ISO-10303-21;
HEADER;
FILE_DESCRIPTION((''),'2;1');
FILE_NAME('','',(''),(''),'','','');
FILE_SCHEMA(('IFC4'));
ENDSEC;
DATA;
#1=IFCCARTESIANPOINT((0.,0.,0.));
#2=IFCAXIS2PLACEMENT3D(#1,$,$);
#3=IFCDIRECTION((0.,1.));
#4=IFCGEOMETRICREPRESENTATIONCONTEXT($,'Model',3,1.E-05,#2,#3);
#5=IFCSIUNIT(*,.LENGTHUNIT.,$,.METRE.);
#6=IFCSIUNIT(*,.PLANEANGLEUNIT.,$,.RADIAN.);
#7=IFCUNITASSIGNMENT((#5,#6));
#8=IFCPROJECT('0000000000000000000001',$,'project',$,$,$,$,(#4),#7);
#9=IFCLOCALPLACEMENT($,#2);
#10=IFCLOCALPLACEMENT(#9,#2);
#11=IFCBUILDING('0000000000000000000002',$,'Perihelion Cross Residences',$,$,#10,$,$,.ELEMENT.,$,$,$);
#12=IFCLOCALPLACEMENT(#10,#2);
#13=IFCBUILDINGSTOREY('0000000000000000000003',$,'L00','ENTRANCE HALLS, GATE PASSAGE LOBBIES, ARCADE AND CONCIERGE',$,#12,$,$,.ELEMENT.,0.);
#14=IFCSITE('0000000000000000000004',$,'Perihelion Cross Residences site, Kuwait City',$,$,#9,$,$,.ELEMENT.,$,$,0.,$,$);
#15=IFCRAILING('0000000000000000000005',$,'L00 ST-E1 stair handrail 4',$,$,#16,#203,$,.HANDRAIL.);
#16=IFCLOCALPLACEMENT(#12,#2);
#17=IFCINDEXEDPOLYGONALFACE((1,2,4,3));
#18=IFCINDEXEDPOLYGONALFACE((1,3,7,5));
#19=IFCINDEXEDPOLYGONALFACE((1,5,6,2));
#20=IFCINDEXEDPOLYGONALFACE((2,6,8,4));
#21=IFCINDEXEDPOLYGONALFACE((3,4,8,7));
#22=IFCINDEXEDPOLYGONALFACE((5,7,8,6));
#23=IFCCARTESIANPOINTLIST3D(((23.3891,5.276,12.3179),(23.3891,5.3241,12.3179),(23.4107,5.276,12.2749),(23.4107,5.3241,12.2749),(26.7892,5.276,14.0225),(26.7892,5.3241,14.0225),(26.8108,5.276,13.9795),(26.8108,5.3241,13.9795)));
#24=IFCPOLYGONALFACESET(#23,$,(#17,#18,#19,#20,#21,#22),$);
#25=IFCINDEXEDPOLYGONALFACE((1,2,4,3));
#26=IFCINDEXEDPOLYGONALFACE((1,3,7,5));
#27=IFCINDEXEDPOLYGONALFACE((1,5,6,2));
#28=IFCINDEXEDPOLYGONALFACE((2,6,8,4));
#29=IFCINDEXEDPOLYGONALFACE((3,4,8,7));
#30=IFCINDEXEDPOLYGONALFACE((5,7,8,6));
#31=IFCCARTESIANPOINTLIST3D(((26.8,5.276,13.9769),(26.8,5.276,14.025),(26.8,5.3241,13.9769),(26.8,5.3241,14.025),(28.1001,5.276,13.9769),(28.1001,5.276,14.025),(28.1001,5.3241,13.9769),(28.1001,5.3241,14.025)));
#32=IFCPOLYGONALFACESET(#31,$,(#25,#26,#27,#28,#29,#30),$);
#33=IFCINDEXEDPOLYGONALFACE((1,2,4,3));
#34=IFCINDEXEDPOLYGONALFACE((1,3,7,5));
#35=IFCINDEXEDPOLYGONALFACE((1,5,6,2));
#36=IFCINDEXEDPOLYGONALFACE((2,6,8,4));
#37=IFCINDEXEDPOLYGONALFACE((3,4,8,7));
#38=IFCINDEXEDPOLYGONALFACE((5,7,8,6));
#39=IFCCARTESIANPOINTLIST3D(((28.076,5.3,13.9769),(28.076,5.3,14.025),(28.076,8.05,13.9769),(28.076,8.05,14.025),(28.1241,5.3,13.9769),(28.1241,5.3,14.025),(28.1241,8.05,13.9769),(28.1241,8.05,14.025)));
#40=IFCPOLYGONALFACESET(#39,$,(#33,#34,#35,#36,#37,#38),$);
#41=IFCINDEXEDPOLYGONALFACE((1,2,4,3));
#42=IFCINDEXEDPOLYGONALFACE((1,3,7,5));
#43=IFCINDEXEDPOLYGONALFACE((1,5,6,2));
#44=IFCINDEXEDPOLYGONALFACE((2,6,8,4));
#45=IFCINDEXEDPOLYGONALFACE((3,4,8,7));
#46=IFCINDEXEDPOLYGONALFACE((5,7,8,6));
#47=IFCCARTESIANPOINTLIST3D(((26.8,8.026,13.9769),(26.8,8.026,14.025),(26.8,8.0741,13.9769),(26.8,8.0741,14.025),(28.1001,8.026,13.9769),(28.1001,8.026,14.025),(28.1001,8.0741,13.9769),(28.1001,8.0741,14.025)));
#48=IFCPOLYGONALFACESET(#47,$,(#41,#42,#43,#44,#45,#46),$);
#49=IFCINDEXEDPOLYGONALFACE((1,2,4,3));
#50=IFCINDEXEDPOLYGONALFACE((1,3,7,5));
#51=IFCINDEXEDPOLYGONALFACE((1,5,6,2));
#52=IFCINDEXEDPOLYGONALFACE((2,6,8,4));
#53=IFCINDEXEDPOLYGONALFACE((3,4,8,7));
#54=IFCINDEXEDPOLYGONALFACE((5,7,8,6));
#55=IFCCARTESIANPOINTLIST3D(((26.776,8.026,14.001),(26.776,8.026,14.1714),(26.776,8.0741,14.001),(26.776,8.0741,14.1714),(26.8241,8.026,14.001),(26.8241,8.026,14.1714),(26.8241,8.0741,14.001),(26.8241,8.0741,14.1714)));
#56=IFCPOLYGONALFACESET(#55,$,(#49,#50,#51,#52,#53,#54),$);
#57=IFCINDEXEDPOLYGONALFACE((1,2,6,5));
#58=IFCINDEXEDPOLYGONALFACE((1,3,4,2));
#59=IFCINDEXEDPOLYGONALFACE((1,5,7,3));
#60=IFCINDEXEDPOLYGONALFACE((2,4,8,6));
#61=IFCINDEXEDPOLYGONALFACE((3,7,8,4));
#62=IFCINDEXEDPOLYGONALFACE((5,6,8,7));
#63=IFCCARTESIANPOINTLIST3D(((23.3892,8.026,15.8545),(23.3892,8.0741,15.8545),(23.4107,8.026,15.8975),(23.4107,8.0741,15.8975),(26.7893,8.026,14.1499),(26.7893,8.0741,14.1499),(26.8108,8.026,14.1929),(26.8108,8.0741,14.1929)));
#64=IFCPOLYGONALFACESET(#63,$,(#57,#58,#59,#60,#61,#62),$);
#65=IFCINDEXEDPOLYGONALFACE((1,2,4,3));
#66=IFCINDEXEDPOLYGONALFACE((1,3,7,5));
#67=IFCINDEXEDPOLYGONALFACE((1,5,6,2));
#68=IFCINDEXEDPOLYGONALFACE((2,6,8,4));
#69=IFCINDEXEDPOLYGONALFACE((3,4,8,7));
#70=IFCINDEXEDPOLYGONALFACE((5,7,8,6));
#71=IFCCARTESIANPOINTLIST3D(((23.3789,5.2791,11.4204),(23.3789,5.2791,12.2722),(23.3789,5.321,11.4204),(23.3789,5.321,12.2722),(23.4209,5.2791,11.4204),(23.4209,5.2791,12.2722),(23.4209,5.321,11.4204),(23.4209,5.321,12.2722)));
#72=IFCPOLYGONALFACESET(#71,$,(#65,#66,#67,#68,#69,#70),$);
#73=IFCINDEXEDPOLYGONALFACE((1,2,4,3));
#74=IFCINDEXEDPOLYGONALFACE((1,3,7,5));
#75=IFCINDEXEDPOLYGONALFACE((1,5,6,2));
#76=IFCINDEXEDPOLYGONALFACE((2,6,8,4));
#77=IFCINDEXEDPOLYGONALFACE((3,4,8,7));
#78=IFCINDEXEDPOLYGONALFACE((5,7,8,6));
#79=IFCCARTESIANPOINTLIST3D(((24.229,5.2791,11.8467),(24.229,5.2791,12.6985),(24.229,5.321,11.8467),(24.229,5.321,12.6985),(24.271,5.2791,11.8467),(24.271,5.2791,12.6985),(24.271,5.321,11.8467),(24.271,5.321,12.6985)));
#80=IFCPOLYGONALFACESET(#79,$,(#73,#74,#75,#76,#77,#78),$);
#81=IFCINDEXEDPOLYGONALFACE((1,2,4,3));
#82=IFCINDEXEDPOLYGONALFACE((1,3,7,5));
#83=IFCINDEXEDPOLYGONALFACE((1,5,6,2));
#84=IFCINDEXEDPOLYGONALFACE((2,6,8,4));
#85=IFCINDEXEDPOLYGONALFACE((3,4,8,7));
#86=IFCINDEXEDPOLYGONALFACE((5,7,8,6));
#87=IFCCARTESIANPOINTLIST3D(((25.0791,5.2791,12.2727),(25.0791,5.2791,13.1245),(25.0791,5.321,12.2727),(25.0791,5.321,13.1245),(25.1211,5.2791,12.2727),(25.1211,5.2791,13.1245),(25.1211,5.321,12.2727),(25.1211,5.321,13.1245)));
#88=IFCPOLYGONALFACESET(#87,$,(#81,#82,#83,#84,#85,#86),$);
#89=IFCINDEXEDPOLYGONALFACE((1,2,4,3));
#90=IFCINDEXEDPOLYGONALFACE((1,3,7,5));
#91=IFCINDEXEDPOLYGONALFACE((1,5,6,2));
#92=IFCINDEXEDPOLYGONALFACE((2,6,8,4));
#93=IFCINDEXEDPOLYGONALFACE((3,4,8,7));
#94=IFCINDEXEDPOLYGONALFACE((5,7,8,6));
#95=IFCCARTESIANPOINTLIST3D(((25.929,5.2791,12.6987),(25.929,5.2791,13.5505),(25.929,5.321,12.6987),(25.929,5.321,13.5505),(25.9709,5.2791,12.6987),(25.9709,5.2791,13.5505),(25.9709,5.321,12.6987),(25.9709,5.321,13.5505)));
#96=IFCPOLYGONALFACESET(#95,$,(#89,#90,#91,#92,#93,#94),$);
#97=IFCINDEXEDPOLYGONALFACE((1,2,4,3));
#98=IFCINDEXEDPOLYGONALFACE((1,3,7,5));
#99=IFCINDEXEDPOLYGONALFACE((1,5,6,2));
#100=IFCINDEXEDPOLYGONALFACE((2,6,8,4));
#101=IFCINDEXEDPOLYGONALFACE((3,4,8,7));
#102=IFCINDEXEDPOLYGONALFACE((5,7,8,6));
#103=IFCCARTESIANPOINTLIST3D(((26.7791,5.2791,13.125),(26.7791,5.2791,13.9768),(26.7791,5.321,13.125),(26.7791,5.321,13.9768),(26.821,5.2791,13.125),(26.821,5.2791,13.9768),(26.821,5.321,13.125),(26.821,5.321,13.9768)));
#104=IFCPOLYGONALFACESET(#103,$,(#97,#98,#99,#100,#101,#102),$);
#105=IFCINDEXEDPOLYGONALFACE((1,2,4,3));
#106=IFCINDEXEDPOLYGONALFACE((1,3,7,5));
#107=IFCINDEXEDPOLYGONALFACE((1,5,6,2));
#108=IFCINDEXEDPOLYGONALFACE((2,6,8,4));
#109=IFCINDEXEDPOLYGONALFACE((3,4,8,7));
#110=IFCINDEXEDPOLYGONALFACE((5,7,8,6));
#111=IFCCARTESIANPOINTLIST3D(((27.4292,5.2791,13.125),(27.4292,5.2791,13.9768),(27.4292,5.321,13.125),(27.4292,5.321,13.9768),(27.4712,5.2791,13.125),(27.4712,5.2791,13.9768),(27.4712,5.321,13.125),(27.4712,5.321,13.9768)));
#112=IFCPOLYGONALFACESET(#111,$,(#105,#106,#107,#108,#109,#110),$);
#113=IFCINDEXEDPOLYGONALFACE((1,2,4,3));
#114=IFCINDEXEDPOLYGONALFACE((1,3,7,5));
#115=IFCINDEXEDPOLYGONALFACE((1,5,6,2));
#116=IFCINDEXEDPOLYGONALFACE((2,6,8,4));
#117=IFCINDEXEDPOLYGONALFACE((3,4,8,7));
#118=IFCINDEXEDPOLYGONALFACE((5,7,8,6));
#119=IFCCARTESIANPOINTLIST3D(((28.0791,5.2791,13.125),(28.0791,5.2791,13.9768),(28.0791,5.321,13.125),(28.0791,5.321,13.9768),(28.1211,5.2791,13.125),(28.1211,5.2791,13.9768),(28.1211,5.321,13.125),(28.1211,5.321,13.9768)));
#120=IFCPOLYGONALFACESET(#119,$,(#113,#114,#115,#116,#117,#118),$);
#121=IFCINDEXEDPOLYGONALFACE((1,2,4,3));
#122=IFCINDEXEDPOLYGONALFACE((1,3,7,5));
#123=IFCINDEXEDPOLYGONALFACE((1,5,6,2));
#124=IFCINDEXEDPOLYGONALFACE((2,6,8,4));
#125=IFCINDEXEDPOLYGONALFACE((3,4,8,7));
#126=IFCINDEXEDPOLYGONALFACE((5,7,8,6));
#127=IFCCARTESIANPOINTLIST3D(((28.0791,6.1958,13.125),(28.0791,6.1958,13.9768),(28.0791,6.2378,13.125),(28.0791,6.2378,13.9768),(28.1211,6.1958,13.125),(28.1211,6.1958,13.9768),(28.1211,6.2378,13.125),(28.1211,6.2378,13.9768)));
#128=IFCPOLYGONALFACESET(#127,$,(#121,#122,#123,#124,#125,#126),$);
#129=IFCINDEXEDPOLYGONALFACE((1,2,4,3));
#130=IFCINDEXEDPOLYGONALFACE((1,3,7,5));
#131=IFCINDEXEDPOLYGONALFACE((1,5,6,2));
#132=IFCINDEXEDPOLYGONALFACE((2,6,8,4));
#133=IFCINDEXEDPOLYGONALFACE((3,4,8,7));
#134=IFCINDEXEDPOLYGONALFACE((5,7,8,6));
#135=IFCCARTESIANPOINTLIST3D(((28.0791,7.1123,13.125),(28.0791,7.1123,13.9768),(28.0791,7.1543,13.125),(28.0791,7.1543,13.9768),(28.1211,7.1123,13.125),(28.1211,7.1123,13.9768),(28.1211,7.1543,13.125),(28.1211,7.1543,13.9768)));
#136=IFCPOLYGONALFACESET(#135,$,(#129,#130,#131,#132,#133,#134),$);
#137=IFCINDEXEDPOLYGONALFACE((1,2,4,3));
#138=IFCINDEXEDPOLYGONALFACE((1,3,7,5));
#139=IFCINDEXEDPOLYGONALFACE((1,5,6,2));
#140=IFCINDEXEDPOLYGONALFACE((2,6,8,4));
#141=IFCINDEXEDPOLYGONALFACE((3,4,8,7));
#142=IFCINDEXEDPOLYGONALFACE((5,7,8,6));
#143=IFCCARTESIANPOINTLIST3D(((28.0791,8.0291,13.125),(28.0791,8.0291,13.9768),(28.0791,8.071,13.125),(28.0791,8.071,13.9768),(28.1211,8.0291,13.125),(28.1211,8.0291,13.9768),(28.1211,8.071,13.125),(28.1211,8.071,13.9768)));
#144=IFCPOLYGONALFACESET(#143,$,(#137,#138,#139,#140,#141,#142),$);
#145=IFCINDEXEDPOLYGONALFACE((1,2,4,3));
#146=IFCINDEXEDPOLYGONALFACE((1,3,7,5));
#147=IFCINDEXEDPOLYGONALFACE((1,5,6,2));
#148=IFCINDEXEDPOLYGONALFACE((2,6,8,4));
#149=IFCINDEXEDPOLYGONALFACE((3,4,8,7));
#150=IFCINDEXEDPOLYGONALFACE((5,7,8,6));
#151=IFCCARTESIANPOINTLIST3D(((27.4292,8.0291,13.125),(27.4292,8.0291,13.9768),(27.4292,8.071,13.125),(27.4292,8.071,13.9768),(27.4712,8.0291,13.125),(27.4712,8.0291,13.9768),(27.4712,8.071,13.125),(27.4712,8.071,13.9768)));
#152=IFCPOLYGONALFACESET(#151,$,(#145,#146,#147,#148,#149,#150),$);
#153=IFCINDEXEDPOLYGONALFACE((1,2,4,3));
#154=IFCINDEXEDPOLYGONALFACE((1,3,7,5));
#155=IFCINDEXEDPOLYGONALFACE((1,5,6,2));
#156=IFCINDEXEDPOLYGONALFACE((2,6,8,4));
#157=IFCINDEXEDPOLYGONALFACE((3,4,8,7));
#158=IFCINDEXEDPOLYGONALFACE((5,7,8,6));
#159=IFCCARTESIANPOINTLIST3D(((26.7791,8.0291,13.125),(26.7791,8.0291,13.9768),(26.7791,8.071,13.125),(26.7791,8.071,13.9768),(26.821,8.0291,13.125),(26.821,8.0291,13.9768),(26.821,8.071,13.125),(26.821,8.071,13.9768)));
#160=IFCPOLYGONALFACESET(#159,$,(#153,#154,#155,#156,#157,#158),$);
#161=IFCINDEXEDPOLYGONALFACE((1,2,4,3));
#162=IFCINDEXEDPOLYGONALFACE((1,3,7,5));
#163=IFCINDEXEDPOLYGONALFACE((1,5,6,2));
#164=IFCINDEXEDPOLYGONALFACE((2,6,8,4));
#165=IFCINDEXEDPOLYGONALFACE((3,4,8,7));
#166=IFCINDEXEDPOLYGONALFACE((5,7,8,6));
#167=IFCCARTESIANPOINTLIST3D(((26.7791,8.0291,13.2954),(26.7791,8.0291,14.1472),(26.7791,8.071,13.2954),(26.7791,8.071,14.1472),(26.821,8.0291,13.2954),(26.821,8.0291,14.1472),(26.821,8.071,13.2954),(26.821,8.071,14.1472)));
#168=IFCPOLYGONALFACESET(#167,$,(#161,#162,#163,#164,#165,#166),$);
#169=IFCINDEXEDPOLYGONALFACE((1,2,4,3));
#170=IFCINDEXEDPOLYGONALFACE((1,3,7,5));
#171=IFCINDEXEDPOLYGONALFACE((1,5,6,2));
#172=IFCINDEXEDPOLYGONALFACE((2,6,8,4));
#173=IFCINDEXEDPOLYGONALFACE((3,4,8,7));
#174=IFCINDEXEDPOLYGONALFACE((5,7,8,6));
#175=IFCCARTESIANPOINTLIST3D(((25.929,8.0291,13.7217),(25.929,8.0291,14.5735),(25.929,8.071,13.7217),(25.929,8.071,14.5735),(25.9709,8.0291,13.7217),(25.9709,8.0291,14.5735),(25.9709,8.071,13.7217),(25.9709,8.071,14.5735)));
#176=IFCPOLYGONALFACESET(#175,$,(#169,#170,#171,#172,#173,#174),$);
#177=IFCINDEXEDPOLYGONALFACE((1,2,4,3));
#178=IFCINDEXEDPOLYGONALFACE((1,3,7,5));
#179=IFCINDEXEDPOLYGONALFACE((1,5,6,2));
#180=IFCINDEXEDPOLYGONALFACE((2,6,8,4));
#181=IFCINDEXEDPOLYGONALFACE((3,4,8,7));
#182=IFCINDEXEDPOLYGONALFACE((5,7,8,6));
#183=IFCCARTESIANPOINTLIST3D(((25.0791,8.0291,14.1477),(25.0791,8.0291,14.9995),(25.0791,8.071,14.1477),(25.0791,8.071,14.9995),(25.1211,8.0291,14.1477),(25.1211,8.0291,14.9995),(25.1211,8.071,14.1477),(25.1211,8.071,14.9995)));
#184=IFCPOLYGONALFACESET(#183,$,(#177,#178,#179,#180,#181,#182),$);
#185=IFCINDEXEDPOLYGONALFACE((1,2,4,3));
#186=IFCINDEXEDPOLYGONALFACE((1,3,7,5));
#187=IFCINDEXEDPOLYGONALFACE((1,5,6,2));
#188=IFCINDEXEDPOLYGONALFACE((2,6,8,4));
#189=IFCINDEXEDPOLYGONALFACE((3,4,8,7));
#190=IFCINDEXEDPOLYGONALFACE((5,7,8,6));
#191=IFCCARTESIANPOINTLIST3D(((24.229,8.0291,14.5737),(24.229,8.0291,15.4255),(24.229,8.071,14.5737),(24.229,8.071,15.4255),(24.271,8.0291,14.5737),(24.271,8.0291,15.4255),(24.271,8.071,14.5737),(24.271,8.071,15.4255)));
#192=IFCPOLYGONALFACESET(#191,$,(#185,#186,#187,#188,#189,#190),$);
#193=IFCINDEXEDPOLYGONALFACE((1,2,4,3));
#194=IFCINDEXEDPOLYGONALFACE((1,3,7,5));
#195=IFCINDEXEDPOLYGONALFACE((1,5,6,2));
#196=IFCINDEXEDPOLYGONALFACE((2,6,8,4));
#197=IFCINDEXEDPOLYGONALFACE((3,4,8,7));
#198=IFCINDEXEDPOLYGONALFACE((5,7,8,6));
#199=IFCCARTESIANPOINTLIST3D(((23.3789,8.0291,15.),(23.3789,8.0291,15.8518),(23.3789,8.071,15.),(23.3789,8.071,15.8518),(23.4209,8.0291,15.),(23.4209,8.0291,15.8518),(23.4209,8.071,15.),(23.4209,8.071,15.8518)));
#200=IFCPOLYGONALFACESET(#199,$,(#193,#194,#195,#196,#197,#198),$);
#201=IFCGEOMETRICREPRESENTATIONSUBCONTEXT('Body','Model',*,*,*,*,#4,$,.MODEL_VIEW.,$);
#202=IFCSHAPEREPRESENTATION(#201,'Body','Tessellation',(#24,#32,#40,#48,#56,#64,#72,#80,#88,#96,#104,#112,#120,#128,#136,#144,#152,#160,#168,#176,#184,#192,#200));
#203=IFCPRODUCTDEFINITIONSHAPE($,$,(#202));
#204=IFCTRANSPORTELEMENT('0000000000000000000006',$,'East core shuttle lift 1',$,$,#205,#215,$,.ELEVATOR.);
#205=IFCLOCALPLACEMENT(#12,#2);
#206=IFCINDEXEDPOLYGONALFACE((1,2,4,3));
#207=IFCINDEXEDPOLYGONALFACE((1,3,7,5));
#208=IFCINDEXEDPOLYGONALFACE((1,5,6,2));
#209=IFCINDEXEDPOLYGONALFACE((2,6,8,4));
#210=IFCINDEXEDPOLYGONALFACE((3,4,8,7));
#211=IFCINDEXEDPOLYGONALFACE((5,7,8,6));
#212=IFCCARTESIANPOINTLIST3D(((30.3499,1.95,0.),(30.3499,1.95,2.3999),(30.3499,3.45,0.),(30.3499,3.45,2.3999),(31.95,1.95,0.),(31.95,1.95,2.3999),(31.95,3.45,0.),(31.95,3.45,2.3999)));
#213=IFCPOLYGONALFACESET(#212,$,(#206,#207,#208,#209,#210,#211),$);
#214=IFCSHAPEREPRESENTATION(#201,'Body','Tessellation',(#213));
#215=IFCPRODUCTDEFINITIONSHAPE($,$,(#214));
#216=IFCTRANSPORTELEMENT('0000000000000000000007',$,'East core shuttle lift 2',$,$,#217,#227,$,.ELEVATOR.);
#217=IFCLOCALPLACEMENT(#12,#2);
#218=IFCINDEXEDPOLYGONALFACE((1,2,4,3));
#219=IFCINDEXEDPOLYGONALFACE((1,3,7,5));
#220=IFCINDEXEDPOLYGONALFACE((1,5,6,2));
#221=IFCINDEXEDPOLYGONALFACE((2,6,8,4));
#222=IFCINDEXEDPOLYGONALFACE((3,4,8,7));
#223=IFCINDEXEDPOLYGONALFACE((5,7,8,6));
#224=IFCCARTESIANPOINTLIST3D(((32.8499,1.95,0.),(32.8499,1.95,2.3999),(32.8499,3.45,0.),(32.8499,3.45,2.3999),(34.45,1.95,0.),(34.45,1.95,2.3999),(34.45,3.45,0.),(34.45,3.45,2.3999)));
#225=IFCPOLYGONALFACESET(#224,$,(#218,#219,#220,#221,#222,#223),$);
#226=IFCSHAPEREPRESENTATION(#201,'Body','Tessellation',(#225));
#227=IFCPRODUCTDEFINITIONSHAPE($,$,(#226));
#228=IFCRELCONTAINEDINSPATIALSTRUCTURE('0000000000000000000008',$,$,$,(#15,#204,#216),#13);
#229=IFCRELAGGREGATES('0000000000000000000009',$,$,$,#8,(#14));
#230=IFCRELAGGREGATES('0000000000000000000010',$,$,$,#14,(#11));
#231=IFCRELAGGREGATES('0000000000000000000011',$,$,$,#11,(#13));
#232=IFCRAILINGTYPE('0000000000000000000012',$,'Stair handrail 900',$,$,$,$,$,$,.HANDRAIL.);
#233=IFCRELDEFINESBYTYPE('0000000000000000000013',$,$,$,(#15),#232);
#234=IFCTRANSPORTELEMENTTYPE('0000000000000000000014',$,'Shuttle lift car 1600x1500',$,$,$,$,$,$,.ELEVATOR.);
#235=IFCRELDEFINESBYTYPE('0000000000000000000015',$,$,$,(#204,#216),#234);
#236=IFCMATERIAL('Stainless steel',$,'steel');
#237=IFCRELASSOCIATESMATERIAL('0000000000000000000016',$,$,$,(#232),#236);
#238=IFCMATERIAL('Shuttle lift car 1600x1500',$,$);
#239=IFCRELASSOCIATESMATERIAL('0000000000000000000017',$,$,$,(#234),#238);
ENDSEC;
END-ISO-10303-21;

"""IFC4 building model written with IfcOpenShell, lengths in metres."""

from ifc_helpers import new_model, si_unit, direction, frame, origin, origin_2d, place, context, subcontext, project, spatial, rectangle, extrude, material, type_object, element, save


model = new_model("IFC4")

# Units and contexts
model_context = context("Model", 3, precision=1e-05, world=origin(), true_north=direction((0.0, 1.0)))
body_context = subcontext(model_context, "Body", "Model", "MODEL_VIEW")
ifc_project = project(units=[si_unit("LENGTHUNIT", "METRE"), si_unit("PLANEANGLEUNIT", "RADIAN")], contexts=[model_context])

# Site, building, storey
site_placement = place(None, origin())
site = spatial("IfcSite", under=ifc_project, at=site_placement, Name="Perihelion Cross Residences site, Kuwait City", CompositionType="ELEMENT", RefElevation=0.0)
building_placement = place(site_placement, origin())
building = spatial("IfcBuilding", under=site, at=building_placement, Name="Perihelion Cross Residences", CompositionType="ELEMENT")
storey_placement = place(building_placement, origin())
storey = spatial("IfcBuildingStorey", under=building, at=storey_placement, Name="L00", Description="ENTRANCE HALLS, GATE PASSAGE LOBBIES, ARCADE AND CONCIERGE", CompositionType="ELEMENT", Elevation=0.0)

# Railing
ifc_material_1 = material(Name="Stainless steel", Category="steel")
railing_type = type_object("IfcRailingType", Name="Stair handrail 900", PredefinedType="HANDRAIL", material=ifc_material_1)
railing_1_placement = place(storey_placement, frame((23.3999, 5.3, 11.4204)))
element("IfcRailing", 1, at=railing_1_placement, inside=storey, type_object=railing_type, Name="L00 ST-E1 stair handrail 4", PredefinedType="HANDRAIL", context=body_context, shape_type="SweptSolid", body=[
    extrude(rectangle(XDim=0.0481, YDim=0.0481, at=origin_2d()), frame((0.0, 0.0, 0.876), z_axis=(0.893952, 0.0, 0.448163), x_axis=(0.0, 1.0, 0.0)), (0.0, 0.0, 1.0), 3.8035),
    extrude(rectangle(XDim=0.0481, YDim=0.0481, at=origin_2d()), frame((3.4001, 0.0, 2.5806), z_axis=(1.0, 0.0, 0.0), x_axis=(0.0, 1.0, 0.0)), (0.0, 0.0, 1.0), 1.3),
    extrude(rectangle(XDim=0.0481, YDim=0.0481, at=origin_2d()), frame((4.7002, 0.0, 2.5806), z_axis=(0.0, 1.0, 0.0), x_axis=(-1.0, 0.0, 0.0)), (0.0, 0.0, 1.0), 2.75),
    extrude(rectangle(XDim=0.0481, YDim=0.0481, at=origin_2d()), frame((4.7002, 2.75, 2.5806), z_axis=(-1.0, 0.0, 0.0), x_axis=(0.0, -1.0, 0.0)), (0.0, 0.0, 1.0), 1.3),
    extrude(rectangle(XDim=0.0481, YDim=0.0481, at=origin_2d()), frame((3.4001, 2.75, 2.5806), z_axis=(0.0, 0.0, 1.0), x_axis=(1.0, 0.0, 0.0)), (0.0, 0.0, 1.0), 0.1704),
    extrude(rectangle(XDim=0.0481, YDim=0.0481, at=origin_2d()), frame((3.4001, 2.75, 2.751), z_axis=(-0.893952, 0.0, 0.448163), x_axis=(0.0, -1.0, 0.0)), (0.0, 0.0, 1.0), 3.8035),
    extrude(rectangle(XDim=0.042, YDim=0.042, at=origin_2d()), origin(), (0.0, 0.0, 1.0), 0.8518),
    extrude(rectangle(XDim=0.042, YDim=0.042, at=origin_2d()), frame((0.8501, 0.0, 0.4263)), (0.0, 0.0, 1.0), 0.8518),
    extrude(rectangle(XDim=0.042, YDim=0.042, at=origin_2d()), frame((1.7002, 0.0, 0.8523)), (0.0, 0.0, 1.0), 0.8518),
    extrude(rectangle(XDim=0.042, YDim=0.042, at=origin_2d()), frame((2.55, 0.0, 1.2783)), (0.0, 0.0, 1.0), 0.8518),
    extrude(rectangle(XDim=0.042, YDim=0.042, at=origin_2d()), frame((3.4001, 0.0, 1.7046)), (0.0, 0.0, 1.0), 0.8518),
    extrude(rectangle(XDim=0.042, YDim=0.042, at=origin_2d()), frame((4.0503, 0.0, 1.7046)), (0.0, 0.0, 1.0), 0.8518),
    extrude(rectangle(XDim=0.042, YDim=0.042, at=origin_2d()), frame((4.7002, 0.0, 1.7046)), (0.0, 0.0, 1.0), 0.8518),
    extrude(rectangle(XDim=0.042, YDim=0.042, at=origin_2d()), frame((4.7002, 0.9167, 1.7046)), (0.0, 0.0, 1.0), 0.8518),
    extrude(rectangle(XDim=0.042, YDim=0.042, at=origin_2d()), frame((4.7002, 1.8333, 1.7046)), (0.0, 0.0, 1.0), 0.8518),
    extrude(rectangle(XDim=0.042, YDim=0.042, at=origin_2d()), frame((4.7002, 2.75, 1.7046)), (0.0, 0.0, 1.0), 0.8518),
    extrude(rectangle(XDim=0.042, YDim=0.042, at=origin_2d()), frame((4.0503, 2.75, 1.7046)), (0.0, 0.0, 1.0), 0.8518),
    extrude(rectangle(XDim=0.042, YDim=0.042, at=origin_2d()), frame((3.4001, 2.75, 1.7046)), (0.0, 0.0, 1.0), 0.8518),
    extrude(rectangle(XDim=0.042, YDim=0.042, at=origin_2d()), frame((3.4001, 2.75, 1.875)), (0.0, 0.0, 1.0), 0.8518),
    extrude(rectangle(XDim=0.042, YDim=0.042, at=origin_2d()), frame((2.55, 2.75, 2.3013)), (0.0, 0.0, 1.0), 0.8518),
    extrude(rectangle(XDim=0.042, YDim=0.042, at=origin_2d()), frame((1.7002, 2.75, 2.7273)), (0.0, 0.0, 1.0), 0.8518),
    extrude(rectangle(XDim=0.042, YDim=0.042, at=origin_2d()), frame((0.8501, 2.75, 3.1533)), (0.0, 0.0, 1.0), 0.8518),
    extrude(rectangle(XDim=0.042, YDim=0.042, at=origin_2d()), frame((0.0, 2.75, 3.5796)), (0.0, 0.0, 1.0), 0.8518),
])

# Transport elements
ifc_material_2 = material(Name="Shuttle lift car 1600x1500")
transport_element_type = type_object("IfcTransportElementType", Name="Shuttle lift car 1600x1500", PredefinedType="ELEVATOR", material=ifc_material_2)
for number, where, z_axis, x_axis, name in (
    (2, (31.1499, 2.7, 0.0), (0.0, 0.0, 1.0), (1.0, 0.0, 0.0), "East core shuttle lift 1"),
    (3, (33.6499, 2.7, 0.0), (0.0, 0.0, 1.0), (1.0, 0.0, 0.0), "East core shuttle lift 2"),
):
    element("IfcTransportElement", number, at=place(storey_placement, frame(where, z_axis=z_axis, x_axis=x_axis)), inside=storey, type_object=transport_element_type, Name=name, PredefinedType="ELEVATOR", context=body_context, shape_type="SweptSolid", body=[
        extrude(rectangle(XDim=1.6001, YDim=1.5, at=origin_2d()), origin(), (0.0, 0.0, 1.0), 2.3999),
    ])

save(model, "model.ifc")
